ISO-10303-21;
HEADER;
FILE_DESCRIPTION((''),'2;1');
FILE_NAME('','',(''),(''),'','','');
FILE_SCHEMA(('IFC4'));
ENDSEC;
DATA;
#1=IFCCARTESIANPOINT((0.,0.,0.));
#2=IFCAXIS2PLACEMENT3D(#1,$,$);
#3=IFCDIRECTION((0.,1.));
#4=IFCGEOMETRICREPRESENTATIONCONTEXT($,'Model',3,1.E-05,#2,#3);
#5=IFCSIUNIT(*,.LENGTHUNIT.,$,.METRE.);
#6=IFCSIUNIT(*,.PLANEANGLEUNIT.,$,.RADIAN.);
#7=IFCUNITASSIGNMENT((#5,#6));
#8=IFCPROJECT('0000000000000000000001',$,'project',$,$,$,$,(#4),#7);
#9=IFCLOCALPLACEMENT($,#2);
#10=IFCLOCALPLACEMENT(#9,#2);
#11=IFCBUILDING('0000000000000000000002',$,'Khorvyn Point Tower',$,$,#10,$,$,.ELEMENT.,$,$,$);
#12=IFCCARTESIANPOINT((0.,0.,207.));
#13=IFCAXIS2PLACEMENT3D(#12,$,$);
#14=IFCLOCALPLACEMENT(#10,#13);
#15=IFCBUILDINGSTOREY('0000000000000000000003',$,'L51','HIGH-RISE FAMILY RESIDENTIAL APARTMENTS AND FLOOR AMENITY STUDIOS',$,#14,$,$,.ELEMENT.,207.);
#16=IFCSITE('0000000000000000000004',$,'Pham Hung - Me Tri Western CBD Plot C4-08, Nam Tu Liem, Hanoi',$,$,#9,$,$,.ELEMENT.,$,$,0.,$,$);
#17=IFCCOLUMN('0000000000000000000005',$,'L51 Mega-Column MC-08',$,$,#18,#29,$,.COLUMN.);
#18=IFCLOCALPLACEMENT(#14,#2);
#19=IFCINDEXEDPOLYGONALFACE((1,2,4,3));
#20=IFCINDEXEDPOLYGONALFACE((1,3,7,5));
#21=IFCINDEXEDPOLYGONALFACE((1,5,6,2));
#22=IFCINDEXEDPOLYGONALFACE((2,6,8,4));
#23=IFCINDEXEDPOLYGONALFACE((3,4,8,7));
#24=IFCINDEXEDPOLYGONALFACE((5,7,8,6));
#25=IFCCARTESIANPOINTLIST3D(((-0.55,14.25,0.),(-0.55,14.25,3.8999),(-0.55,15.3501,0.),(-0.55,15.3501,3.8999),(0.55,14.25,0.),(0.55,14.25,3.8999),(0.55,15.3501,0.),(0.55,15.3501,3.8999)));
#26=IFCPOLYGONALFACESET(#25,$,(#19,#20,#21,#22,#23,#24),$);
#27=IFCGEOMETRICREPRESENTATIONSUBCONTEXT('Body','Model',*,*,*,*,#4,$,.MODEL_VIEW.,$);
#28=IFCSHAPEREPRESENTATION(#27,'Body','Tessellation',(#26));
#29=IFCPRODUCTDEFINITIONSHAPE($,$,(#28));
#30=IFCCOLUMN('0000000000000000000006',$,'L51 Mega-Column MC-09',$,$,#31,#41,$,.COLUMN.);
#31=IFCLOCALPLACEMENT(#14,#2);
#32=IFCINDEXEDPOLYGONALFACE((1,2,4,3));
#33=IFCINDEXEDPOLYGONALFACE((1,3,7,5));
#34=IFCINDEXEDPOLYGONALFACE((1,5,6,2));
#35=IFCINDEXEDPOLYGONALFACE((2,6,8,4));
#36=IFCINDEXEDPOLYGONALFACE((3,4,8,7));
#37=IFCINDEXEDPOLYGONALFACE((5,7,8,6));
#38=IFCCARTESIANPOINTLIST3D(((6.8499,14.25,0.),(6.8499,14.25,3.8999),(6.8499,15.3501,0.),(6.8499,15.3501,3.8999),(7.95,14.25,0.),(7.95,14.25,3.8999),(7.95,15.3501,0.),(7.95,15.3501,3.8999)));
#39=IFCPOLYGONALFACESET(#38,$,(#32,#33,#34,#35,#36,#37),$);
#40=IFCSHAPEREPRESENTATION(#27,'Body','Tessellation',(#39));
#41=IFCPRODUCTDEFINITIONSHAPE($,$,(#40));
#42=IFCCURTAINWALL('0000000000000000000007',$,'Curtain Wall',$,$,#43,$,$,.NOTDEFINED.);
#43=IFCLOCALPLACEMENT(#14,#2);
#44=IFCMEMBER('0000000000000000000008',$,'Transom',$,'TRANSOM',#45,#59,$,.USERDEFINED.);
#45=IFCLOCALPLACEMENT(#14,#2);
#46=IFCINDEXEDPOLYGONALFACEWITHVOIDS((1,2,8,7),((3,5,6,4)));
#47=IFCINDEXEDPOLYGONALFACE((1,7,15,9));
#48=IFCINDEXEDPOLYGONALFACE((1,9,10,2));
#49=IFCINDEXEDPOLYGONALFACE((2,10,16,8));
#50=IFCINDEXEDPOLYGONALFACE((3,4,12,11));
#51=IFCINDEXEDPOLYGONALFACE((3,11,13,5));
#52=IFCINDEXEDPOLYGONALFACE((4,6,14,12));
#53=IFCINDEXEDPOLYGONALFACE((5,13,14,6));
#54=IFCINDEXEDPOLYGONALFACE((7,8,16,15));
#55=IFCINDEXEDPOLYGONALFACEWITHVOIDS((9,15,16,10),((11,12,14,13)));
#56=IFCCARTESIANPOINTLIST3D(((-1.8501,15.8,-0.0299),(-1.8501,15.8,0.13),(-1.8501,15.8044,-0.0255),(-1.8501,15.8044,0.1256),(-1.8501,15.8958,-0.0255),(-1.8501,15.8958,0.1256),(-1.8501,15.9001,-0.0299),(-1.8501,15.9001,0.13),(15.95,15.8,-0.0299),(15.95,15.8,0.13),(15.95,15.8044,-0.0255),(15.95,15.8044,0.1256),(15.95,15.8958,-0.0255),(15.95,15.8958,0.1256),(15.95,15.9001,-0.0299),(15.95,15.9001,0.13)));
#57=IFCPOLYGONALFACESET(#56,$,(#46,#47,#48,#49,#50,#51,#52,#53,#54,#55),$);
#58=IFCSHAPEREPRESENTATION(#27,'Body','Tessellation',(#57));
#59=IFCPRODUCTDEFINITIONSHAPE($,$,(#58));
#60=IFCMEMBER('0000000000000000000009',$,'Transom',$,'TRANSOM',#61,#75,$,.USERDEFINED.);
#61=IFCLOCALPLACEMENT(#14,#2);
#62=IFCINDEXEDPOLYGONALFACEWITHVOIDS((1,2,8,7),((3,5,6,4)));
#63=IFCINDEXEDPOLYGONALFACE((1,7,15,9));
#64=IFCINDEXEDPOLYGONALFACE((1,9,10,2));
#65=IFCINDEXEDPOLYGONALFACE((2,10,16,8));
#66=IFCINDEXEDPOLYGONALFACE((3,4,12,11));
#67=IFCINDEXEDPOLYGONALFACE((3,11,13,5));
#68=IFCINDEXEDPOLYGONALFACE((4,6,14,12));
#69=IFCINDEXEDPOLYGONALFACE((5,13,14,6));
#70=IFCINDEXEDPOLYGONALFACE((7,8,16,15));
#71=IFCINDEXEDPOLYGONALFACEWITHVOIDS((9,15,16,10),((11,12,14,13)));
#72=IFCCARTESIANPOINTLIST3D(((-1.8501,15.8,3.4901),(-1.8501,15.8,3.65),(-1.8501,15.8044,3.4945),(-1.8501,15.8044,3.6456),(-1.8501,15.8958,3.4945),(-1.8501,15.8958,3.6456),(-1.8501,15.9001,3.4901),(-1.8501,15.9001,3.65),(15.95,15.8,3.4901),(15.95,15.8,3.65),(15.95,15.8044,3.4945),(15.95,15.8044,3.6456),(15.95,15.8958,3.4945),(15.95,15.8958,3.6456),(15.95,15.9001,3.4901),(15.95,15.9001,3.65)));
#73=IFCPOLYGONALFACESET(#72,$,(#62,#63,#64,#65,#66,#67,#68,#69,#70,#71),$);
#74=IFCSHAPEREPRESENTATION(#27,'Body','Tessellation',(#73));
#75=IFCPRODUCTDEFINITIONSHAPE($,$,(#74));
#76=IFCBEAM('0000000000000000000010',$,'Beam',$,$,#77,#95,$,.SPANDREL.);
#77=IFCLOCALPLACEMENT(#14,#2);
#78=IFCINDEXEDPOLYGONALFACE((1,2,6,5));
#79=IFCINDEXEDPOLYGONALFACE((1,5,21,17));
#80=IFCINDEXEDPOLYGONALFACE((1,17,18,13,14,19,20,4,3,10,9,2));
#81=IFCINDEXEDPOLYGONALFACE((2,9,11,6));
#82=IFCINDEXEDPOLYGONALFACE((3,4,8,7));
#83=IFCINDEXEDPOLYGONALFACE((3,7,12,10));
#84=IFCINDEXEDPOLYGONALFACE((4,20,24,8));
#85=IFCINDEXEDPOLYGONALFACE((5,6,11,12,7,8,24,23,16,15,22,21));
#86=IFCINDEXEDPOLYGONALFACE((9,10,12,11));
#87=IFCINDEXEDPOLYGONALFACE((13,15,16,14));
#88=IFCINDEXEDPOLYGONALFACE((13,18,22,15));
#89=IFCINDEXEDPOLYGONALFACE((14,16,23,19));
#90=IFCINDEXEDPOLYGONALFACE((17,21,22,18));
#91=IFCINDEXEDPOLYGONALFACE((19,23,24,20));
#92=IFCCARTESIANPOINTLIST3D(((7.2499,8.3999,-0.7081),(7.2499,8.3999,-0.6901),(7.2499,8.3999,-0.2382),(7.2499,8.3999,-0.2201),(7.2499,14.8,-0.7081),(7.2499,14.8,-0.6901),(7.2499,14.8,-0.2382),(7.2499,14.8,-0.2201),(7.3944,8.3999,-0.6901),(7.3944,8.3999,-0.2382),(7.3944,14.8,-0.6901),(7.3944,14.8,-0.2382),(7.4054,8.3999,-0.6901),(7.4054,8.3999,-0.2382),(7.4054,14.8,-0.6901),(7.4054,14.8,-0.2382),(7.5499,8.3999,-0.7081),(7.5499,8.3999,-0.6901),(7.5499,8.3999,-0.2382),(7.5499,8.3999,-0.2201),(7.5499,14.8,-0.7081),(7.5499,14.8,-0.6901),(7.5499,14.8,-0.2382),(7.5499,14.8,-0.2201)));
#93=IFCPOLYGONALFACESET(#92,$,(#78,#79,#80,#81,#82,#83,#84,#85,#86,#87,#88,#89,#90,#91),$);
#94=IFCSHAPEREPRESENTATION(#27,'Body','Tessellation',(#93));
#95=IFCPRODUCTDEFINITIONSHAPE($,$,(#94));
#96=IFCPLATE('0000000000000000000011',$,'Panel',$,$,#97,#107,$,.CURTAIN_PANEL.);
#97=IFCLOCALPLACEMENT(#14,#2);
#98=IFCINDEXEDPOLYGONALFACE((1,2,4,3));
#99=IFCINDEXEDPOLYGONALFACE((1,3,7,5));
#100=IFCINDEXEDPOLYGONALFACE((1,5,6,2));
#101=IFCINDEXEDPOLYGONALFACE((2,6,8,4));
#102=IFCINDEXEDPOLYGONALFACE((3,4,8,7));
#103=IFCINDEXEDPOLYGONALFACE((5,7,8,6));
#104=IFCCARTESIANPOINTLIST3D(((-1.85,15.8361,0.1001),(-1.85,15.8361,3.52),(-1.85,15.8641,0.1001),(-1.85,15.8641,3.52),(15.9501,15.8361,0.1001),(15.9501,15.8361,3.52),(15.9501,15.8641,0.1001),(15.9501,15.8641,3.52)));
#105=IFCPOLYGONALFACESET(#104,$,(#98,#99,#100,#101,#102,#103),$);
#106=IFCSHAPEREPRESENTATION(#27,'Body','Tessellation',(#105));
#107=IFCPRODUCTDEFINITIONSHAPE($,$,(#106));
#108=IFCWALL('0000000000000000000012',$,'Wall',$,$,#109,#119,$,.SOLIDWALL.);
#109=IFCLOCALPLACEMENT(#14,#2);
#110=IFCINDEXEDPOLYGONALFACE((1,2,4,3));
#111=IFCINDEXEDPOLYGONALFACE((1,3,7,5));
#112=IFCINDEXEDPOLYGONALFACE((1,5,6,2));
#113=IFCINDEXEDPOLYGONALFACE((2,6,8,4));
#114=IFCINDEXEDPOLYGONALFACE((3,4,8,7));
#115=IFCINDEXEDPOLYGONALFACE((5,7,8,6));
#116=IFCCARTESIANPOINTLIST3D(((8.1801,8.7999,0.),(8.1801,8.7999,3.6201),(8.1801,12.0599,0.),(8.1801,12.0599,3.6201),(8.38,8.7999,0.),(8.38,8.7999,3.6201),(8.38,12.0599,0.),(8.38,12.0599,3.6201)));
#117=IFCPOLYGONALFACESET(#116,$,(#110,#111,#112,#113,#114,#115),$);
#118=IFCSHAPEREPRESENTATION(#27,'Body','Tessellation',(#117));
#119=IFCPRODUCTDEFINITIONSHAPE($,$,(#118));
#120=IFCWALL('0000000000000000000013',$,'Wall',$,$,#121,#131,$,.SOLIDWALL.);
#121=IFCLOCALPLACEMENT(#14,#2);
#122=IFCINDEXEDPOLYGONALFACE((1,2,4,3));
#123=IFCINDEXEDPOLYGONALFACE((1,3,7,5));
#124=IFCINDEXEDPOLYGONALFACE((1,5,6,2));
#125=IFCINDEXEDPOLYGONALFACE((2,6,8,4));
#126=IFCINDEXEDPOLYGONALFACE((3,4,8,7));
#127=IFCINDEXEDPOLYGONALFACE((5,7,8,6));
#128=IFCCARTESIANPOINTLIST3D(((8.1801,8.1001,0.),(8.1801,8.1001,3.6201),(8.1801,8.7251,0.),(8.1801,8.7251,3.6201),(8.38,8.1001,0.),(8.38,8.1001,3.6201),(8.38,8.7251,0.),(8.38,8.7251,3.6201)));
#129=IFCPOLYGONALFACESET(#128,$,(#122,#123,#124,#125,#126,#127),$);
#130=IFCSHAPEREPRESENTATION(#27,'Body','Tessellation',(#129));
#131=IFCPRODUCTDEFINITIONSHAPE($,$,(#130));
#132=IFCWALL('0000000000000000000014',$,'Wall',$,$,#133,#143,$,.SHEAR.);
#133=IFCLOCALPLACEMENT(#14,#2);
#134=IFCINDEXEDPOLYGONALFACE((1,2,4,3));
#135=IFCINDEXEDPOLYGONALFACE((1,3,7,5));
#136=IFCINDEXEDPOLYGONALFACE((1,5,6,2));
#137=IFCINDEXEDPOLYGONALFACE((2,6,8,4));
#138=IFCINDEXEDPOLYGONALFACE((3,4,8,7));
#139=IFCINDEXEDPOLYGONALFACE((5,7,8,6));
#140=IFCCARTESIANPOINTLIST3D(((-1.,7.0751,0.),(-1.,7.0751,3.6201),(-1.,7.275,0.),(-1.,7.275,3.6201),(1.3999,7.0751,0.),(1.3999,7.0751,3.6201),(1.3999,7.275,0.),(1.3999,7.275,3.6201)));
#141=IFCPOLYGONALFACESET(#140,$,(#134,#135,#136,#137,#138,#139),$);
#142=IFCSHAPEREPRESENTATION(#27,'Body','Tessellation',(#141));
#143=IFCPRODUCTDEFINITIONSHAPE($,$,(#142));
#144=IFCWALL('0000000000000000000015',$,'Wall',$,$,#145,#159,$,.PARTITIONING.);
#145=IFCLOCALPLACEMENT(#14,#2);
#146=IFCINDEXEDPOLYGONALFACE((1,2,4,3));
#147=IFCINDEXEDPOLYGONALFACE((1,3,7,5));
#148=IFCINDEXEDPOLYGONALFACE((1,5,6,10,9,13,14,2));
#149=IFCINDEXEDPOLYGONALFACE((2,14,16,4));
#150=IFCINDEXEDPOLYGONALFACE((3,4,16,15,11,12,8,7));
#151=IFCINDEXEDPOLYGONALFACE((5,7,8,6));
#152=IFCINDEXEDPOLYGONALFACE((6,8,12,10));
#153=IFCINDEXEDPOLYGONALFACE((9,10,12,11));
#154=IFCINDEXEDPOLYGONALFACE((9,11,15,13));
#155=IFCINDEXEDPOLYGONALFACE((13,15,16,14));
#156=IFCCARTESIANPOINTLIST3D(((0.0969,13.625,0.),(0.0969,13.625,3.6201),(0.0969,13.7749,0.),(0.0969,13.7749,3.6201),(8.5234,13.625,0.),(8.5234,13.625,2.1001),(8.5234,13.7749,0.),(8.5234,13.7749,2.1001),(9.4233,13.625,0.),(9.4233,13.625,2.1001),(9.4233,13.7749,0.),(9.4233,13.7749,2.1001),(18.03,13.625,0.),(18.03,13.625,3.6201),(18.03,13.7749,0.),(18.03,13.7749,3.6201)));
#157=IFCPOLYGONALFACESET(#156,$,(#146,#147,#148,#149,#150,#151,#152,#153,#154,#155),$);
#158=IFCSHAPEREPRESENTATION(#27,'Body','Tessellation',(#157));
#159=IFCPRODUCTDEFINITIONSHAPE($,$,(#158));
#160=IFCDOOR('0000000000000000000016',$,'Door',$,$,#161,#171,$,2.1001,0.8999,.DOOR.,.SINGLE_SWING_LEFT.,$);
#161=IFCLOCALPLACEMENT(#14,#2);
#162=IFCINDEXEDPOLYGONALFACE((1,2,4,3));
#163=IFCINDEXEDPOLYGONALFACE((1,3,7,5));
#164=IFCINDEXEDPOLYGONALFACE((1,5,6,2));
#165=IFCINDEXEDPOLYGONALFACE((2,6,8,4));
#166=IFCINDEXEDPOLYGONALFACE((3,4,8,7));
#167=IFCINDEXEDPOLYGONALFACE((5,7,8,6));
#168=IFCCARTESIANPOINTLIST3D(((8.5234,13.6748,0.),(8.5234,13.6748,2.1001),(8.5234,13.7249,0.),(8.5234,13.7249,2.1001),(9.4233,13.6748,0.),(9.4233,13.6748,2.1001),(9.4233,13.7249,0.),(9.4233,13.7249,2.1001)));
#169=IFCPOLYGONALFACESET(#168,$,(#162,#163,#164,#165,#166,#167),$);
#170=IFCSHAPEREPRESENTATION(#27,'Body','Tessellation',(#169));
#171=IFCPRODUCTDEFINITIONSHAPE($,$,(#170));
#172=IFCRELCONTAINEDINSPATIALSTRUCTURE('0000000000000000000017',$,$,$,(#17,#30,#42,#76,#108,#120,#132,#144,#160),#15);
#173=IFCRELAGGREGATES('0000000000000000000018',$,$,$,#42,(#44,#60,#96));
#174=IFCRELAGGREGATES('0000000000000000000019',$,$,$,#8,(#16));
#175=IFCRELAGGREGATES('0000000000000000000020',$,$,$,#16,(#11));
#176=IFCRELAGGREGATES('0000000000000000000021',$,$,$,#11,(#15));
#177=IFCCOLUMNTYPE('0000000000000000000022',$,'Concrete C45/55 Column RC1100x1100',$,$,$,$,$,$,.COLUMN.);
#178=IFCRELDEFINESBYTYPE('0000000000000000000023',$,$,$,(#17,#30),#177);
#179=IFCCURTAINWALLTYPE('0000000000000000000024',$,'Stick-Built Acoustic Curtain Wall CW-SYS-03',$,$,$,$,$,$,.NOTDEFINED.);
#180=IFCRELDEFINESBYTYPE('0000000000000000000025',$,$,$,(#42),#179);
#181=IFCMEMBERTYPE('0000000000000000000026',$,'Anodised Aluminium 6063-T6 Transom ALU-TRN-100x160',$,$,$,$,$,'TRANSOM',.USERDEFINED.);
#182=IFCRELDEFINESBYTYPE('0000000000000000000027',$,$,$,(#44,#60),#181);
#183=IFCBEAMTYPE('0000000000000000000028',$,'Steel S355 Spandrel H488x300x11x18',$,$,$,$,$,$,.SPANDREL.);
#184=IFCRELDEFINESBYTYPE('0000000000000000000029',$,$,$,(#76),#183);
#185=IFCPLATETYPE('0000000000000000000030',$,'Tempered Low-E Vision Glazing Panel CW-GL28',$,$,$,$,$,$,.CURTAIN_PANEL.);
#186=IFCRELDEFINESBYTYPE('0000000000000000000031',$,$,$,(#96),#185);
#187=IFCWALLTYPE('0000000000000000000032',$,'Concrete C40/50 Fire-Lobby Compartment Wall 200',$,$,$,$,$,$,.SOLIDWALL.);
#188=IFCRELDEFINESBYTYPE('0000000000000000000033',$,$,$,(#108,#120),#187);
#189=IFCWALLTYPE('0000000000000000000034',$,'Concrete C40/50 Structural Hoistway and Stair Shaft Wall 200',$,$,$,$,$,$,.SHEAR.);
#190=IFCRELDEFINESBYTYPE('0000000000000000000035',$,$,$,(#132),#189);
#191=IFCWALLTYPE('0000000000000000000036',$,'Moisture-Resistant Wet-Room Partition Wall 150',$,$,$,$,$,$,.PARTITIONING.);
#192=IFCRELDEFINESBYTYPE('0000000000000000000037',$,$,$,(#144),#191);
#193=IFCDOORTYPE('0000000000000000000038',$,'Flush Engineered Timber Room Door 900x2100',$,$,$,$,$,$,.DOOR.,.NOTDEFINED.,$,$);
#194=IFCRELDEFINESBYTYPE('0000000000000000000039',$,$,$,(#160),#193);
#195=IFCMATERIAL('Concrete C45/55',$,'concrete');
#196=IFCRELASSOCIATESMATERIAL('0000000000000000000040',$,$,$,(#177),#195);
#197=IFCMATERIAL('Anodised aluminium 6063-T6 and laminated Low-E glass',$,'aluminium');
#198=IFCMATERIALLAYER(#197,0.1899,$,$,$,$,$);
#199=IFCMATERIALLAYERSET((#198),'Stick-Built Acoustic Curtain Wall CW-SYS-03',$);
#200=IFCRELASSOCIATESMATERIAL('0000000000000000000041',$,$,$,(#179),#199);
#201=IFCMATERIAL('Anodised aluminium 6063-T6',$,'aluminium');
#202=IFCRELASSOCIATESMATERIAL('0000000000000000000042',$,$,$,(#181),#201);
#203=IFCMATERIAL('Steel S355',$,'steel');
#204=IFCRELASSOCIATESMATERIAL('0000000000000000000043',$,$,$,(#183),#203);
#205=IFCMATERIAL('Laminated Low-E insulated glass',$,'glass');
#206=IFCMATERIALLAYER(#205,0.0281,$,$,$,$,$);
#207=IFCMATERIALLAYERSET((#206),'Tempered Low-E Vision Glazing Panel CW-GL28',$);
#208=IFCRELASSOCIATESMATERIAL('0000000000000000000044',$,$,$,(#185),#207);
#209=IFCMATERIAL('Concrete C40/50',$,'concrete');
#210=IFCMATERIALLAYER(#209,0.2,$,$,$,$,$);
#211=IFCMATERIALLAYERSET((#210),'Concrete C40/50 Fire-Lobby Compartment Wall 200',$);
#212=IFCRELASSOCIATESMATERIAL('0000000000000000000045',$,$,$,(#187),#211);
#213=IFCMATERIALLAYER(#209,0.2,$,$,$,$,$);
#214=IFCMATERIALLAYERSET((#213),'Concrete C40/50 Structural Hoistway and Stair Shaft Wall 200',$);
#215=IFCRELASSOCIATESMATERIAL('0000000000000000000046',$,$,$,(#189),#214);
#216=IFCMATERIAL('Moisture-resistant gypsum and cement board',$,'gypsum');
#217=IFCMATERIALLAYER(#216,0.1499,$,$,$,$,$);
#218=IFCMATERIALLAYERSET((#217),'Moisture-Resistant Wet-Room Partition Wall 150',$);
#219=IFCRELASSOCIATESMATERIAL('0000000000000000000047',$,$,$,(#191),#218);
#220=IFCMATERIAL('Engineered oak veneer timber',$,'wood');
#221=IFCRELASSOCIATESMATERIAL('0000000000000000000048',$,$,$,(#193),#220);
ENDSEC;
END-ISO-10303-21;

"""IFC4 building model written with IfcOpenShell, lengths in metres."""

from ifc_helpers import new_model, si_unit, direction, frame, frame_2d, origin, origin_2d, place, context, subcontext, project, spatial, rectangle, hollow_rectangle, i_section, extrude, material, layer, layer_set, material_profile, profile_set, type_object, element, fill, aggregate, save


model = new_model("IFC4")

# Units and contexts
model_context = context("Model", 3, precision=1e-05, world=origin(), true_north=direction((0.0, 1.0)))
body_context = subcontext(model_context, "Body", "Model", "MODEL_VIEW")
ifc_project = project(units=[si_unit("LENGTHUNIT", "METRE"), si_unit("PLANEANGLEUNIT", "RADIAN")], contexts=[model_context])

# Site, building, storey
site_placement = place(None, origin())
site = spatial("IfcSite", under=ifc_project, at=site_placement, Name="Pham Hung - Me Tri Western CBD Plot C4-08, Nam Tu Liem, Hanoi", CompositionType="ELEMENT", RefElevation=0.0)
building_placement = place(site_placement, origin())
building = spatial("IfcBuilding", under=site, at=building_placement, Name="Khorvyn Point Tower", CompositionType="ELEMENT")
storey_placement = place(building_placement, frame((0.0, 0.0, 207.0)))
storey = spatial("IfcBuildingStorey", under=building, at=storey_placement, Name="L51", Description="HIGH-RISE FAMILY RESIDENTIAL APARTMENTS AND FLOOR AMENITY STUDIOS", CompositionType="ELEMENT", Elevation=207.0)

# Columns
ifc_material_1 = material(Name="Concrete C45/55", Category="concrete")
ifc_material_profile_1 = material_profile(ifc_material_1, rectangle(XDim=1.1001, YDim=1.1001, at=origin_2d()))
ifc_profile_set_1 = profile_set([ifc_material_profile_1], Name="Concrete C45/55 RC1100x1100")
column_type = type_object("IfcColumnType", Name="Concrete C45/55 Column RC1100x1100", PredefinedType="COLUMN", material=ifc_profile_set_1)
for number, where, z_axis, x_axis, name in (
    (1, (0.0, 14.8, 0.0), (0.0, 0.0, 1.0), (1.0, 0.0, 0.0), "L51 Mega-Column MC-08"),
    (2, (7.3999, 14.8, 0.0), (0.0, 0.0, 1.0), (1.0, 0.0, 0.0), "L51 Mega-Column MC-09"),
):
    element("IfcColumn", number, at=place(storey_placement, frame(where, z_axis=z_axis, x_axis=x_axis)), inside=storey, type_object=column_type, Name=name, PredefinedType="COLUMN", context=body_context, shape_type="SweptSolid", body=[
        extrude(rectangle(XDim=1.1001, YDim=1.1001, at=origin_2d()), origin(), (0.0, 0.0, 1.0), 3.8999),
    ])

# Curtain wall, members
ifc_material_2 = material(Name="Anodised aluminium 6063-T6 and laminated Low-E glass", Category="aluminium")
ifc_layer_1 = layer(ifc_material_2, 0.1899)
ifc_layer_set_1 = layer_set([ifc_layer_1], Name="Stick-Built Acoustic Curtain Wall CW-SYS-03")
curtain_wall_type = type_object("IfcCurtainWallType", Name="Stick-Built Acoustic Curtain Wall CW-SYS-03", PredefinedType="NOTDEFINED", material=ifc_layer_set_1)
curtain_wall_placement = place(storey_placement, origin())
curtain_wall = element("IfcCurtainWall", 3, at=curtain_wall_placement, inside=storey, type_object=curtain_wall_type, Name="Curtain Wall", PredefinedType="NOTDEFINED")
ifc_material_3 = material(Name="Anodised aluminium 6063-T6", Category="aluminium")
ifc_material_profile_2 = material_profile(ifc_material_3, hollow_rectangle(XDim=0.1001, YDim=0.1599, WallThickness=0.0044, at=origin_2d()))
ifc_profile_set_2 = profile_set([ifc_material_profile_2], Name="Anodised aluminium 6063-T6 ALU-TRN-100x160")
member_type = type_object("IfcMemberType", Name="Anodised Aluminium 6063-T6 Transom ALU-TRN-100x160", ElementType="TRANSOM", PredefinedType="USERDEFINED", material=ifc_profile_set_2)
member_1_placement = place(storey_placement, frame((-1.8501, 15.8501, 0.05), z_axis=(1.0, 0.0, 0.0), x_axis=(0.0, 1.0, 0.0)))
member_1 = element("IfcMember", 4, at=member_1_placement, type_object=member_type, Name="Transom", ObjectType="TRANSOM", PredefinedType="USERDEFINED", context=body_context, shape_type="SweptSolid", body=[
    extrude(hollow_rectangle(XDim=0.1001, YDim=0.1599, WallThickness=0.0044, at=origin_2d()), origin(), (0.0, 0.0, 1.0), 17.8),
])
member_2_placement = place(storey_placement, frame((-1.8501, 15.8501, 3.5701), z_axis=(1.0, 0.0, 0.0), x_axis=(0.0, 1.0, 0.0)))
member_2 = element("IfcMember", 5, at=member_2_placement, type_object=member_type, Name="Transom", ObjectType="TRANSOM", PredefinedType="USERDEFINED", context=body_context, shape_type="SweptSolid", body=[
    extrude(hollow_rectangle(XDim=0.1001, YDim=0.1599, WallThickness=0.0044, at=origin_2d()), origin(), (0.0, 0.0, 1.0), 17.8),
])

# Beam
ifc_material_4 = material(Name="Steel S355", Category="steel")
ifc_material_profile_3 = material_profile(ifc_material_4, i_section(OverallWidth=0.3, OverallDepth=0.488, WebThickness=0.011, FlangeThickness=0.0181, at=origin_2d()))
ifc_profile_set_3 = profile_set([ifc_material_profile_3], Name="Steel S355 H488x300x11x18")
beam_type = type_object("IfcBeamType", Name="Steel S355 Spandrel H488x300x11x18", PredefinedType="SPANDREL", material=ifc_profile_set_3)
beam_placement = place(storey_placement, frame((7.3999, 8.3999, -0.4641), z_axis=(0.0, 1.0, 0.0), x_axis=(-1.0, 0.0, 0.0)))
element("IfcBeam", 6, at=beam_placement, inside=storey, type_object=beam_type, Name="Beam", PredefinedType="SPANDREL", context=body_context, shape_type="SweptSolid", body=[
    extrude(i_section(OverallWidth=0.3, OverallDepth=0.488, WebThickness=0.011, FlangeThickness=0.0181, at=origin_2d()), origin(), (0.0, 0.0, 1.0), 6.4001),
])

# Plate
ifc_material_5 = material(Name="Laminated Low-E insulated glass", Category="glass")
ifc_layer_2 = layer(ifc_material_5, 0.0281)
ifc_layer_set_2 = layer_set([ifc_layer_2], Name="Tempered Low-E Vision Glazing Panel CW-GL28")
plate_type = type_object("IfcPlateType", Name="Tempered Low-E Vision Glazing Panel CW-GL28", PredefinedType="CURTAIN_PANEL", material=ifc_layer_set_2)
plate_placement = place(storey_placement, frame((7.05, 15.8501, 0.1001), z_axis=(0.0, 0.0, 1.0), x_axis=(1.0, 0.0, 0.0)))
plate = element("IfcPlate", 7, at=plate_placement, type_object=plate_type, Name="Panel", PredefinedType="CURTAIN_PANEL", context=body_context, shape_type="SweptSolid", body=[
    extrude(rectangle(XDim=17.8, YDim=0.0281, at=origin_2d()), origin(), (0.0, 0.0, 1.0), 3.4199),
])
aggregate(curtain_wall, [member_1, member_2, plate])

# Shared definitions
ifc_material_6 = material(Name="Concrete C40/50", Category="concrete")
ifc_layer_3 = layer(ifc_material_6, 0.2)
ifc_layer_set_3 = layer_set([ifc_layer_3], Name="Concrete C40/50 Fire-Lobby Compartment Wall 200")
wall_type_1 = type_object("IfcWallType", Name="Concrete C40/50 Fire-Lobby Compartment Wall 200", PredefinedType="SOLIDWALL", material=ifc_layer_set_3)

# Walls
wall_1_placement = place(storey_placement, frame((8.28, 8.8, 0.0), z_axis=(0.0, 0.0, 1.0), x_axis=(0.0, 1.0, 0.0)))
element("IfcWall", 8, at=wall_1_placement, inside=storey, type_object=wall_type_1, Name="Wall", PredefinedType="SOLIDWALL", context=body_context, shape_type="SweptSolid", body=[
    extrude(rectangle(XDim=3.26, YDim=0.2, at=frame_2d((1.6299, 0.0))), origin(), (0.0, 0.0, 1.0), 3.6201),
])
wall_2_placement = place(storey_placement, frame((8.28, 8.1001, 0.0), z_axis=(0.0, 0.0, 1.0), x_axis=(0.0, 1.0, 0.0)))
element("IfcWall", 9, at=wall_2_placement, inside=storey, type_object=wall_type_1, Name="Wall", PredefinedType="SOLIDWALL", context=body_context, shape_type="SweptSolid", body=[
    extrude(rectangle(XDim=0.625, YDim=0.2, at=frame_2d((0.3125, 0.0))), origin(), (0.0, 0.0, 1.0), 3.6201),
])

# Wall
ifc_layer_4 = layer(ifc_material_6, 0.2)
ifc_layer_set_4 = layer_set([ifc_layer_4], Name="Concrete C40/50 Structural Hoistway and Stair Shaft Wall 200")
wall_type_2 = type_object("IfcWallType", Name="Concrete C40/50 Structural Hoistway and Stair Shaft Wall 200", PredefinedType="SHEAR", material=ifc_layer_set_4)
wall_3_placement = place(storey_placement, frame((-1.0, 7.175, 0.0), z_axis=(0.0, 0.0, 1.0), x_axis=(1.0, 0.0, 0.0)))
element("IfcWall", 10, at=wall_3_placement, inside=storey, type_object=wall_type_2, Name="Wall", PredefinedType="SHEAR", context=body_context, shape_type="SweptSolid", body=[
    extrude(rectangle(XDim=2.3999, YDim=0.2, at=frame_2d((1.2, 0.0))), origin(), (0.0, 0.0, 1.0), 3.6201),
])

# Wall, opening, door
ifc_material_7 = material(Name="Moisture-resistant gypsum and cement board", Category="gypsum")
ifc_layer_5 = layer(ifc_material_7, 0.1499)
ifc_layer_set_5 = layer_set([ifc_layer_5], Name="Moisture-Resistant Wet-Room Partition Wall 150")
wall_type_3 = type_object("IfcWallType", Name="Moisture-Resistant Wet-Room Partition Wall 150", PredefinedType="PARTITIONING", material=ifc_layer_set_5)
wall_4_placement = place(storey_placement, frame((0.0969, 13.7, 0.0), z_axis=(0.0, 0.0, 1.0), x_axis=(1.0, 0.0, 0.0)))
wall_4 = element("IfcWall", 11, at=wall_4_placement, inside=storey, type_object=wall_type_3, Name="Wall", PredefinedType="PARTITIONING", context=body_context, shape_type="SweptSolid", body=[
    extrude(rectangle(XDim=17.9331, YDim=0.1499, at=frame_2d((8.9666, 0.0))), origin(), (0.0, 0.0, 1.0), 3.6201),
])
opening_1_placement = place(wall_4_placement, frame((8.4265, 0.0, 0.0)))
opening_1 = element("IfcOpeningElement", 12, at=opening_1_placement, cuts=wall_4, PredefinedType="OPENING", context=body_context, shape_type="SweptSolid", body=[
    extrude(rectangle(XDim=0.8999, YDim=2.1001, at=frame_2d((0.45, 1.05))), frame((0.0, 0.085, 0.0), z_axis=(0.0, -1.0, 0.0), x_axis=(1.0, 0.0, 0.0)), (0.0, 0.0, 1.0), 0.1699),
])
ifc_material_8 = material(Name="Engineered oak veneer timber", Category="wood")
door_type_1 = type_object("IfcDoorType", Name="Flush Engineered Timber Room Door 900x2100", OperationType="NOTDEFINED", PredefinedType="DOOR", material=ifc_material_8)
door_1_placement = place(opening_1_placement, origin())
door_1 = element("IfcDoor", 13, at=door_1_placement, inside=storey, type_object=door_type_1, Name="Door", OperationType="SINGLE_SWING_LEFT", OverallHeight=2.1001, OverallWidth=0.8999, PredefinedType="DOOR", context=body_context, shape_type="SweptSolid", body=[
    extrude(rectangle(XDim=0.8999, YDim=2.1001, at=frame_2d((0.45, 1.05))), frame((0.0, 0.0249, 0.0), z_axis=(0.0, -1.0, 0.0), x_axis=(1.0, 0.0, 0.0)), (0.0, 0.0, 1.0), 0.05),
])
fill(opening_1, door_1)

save(model, "model.ifc")
